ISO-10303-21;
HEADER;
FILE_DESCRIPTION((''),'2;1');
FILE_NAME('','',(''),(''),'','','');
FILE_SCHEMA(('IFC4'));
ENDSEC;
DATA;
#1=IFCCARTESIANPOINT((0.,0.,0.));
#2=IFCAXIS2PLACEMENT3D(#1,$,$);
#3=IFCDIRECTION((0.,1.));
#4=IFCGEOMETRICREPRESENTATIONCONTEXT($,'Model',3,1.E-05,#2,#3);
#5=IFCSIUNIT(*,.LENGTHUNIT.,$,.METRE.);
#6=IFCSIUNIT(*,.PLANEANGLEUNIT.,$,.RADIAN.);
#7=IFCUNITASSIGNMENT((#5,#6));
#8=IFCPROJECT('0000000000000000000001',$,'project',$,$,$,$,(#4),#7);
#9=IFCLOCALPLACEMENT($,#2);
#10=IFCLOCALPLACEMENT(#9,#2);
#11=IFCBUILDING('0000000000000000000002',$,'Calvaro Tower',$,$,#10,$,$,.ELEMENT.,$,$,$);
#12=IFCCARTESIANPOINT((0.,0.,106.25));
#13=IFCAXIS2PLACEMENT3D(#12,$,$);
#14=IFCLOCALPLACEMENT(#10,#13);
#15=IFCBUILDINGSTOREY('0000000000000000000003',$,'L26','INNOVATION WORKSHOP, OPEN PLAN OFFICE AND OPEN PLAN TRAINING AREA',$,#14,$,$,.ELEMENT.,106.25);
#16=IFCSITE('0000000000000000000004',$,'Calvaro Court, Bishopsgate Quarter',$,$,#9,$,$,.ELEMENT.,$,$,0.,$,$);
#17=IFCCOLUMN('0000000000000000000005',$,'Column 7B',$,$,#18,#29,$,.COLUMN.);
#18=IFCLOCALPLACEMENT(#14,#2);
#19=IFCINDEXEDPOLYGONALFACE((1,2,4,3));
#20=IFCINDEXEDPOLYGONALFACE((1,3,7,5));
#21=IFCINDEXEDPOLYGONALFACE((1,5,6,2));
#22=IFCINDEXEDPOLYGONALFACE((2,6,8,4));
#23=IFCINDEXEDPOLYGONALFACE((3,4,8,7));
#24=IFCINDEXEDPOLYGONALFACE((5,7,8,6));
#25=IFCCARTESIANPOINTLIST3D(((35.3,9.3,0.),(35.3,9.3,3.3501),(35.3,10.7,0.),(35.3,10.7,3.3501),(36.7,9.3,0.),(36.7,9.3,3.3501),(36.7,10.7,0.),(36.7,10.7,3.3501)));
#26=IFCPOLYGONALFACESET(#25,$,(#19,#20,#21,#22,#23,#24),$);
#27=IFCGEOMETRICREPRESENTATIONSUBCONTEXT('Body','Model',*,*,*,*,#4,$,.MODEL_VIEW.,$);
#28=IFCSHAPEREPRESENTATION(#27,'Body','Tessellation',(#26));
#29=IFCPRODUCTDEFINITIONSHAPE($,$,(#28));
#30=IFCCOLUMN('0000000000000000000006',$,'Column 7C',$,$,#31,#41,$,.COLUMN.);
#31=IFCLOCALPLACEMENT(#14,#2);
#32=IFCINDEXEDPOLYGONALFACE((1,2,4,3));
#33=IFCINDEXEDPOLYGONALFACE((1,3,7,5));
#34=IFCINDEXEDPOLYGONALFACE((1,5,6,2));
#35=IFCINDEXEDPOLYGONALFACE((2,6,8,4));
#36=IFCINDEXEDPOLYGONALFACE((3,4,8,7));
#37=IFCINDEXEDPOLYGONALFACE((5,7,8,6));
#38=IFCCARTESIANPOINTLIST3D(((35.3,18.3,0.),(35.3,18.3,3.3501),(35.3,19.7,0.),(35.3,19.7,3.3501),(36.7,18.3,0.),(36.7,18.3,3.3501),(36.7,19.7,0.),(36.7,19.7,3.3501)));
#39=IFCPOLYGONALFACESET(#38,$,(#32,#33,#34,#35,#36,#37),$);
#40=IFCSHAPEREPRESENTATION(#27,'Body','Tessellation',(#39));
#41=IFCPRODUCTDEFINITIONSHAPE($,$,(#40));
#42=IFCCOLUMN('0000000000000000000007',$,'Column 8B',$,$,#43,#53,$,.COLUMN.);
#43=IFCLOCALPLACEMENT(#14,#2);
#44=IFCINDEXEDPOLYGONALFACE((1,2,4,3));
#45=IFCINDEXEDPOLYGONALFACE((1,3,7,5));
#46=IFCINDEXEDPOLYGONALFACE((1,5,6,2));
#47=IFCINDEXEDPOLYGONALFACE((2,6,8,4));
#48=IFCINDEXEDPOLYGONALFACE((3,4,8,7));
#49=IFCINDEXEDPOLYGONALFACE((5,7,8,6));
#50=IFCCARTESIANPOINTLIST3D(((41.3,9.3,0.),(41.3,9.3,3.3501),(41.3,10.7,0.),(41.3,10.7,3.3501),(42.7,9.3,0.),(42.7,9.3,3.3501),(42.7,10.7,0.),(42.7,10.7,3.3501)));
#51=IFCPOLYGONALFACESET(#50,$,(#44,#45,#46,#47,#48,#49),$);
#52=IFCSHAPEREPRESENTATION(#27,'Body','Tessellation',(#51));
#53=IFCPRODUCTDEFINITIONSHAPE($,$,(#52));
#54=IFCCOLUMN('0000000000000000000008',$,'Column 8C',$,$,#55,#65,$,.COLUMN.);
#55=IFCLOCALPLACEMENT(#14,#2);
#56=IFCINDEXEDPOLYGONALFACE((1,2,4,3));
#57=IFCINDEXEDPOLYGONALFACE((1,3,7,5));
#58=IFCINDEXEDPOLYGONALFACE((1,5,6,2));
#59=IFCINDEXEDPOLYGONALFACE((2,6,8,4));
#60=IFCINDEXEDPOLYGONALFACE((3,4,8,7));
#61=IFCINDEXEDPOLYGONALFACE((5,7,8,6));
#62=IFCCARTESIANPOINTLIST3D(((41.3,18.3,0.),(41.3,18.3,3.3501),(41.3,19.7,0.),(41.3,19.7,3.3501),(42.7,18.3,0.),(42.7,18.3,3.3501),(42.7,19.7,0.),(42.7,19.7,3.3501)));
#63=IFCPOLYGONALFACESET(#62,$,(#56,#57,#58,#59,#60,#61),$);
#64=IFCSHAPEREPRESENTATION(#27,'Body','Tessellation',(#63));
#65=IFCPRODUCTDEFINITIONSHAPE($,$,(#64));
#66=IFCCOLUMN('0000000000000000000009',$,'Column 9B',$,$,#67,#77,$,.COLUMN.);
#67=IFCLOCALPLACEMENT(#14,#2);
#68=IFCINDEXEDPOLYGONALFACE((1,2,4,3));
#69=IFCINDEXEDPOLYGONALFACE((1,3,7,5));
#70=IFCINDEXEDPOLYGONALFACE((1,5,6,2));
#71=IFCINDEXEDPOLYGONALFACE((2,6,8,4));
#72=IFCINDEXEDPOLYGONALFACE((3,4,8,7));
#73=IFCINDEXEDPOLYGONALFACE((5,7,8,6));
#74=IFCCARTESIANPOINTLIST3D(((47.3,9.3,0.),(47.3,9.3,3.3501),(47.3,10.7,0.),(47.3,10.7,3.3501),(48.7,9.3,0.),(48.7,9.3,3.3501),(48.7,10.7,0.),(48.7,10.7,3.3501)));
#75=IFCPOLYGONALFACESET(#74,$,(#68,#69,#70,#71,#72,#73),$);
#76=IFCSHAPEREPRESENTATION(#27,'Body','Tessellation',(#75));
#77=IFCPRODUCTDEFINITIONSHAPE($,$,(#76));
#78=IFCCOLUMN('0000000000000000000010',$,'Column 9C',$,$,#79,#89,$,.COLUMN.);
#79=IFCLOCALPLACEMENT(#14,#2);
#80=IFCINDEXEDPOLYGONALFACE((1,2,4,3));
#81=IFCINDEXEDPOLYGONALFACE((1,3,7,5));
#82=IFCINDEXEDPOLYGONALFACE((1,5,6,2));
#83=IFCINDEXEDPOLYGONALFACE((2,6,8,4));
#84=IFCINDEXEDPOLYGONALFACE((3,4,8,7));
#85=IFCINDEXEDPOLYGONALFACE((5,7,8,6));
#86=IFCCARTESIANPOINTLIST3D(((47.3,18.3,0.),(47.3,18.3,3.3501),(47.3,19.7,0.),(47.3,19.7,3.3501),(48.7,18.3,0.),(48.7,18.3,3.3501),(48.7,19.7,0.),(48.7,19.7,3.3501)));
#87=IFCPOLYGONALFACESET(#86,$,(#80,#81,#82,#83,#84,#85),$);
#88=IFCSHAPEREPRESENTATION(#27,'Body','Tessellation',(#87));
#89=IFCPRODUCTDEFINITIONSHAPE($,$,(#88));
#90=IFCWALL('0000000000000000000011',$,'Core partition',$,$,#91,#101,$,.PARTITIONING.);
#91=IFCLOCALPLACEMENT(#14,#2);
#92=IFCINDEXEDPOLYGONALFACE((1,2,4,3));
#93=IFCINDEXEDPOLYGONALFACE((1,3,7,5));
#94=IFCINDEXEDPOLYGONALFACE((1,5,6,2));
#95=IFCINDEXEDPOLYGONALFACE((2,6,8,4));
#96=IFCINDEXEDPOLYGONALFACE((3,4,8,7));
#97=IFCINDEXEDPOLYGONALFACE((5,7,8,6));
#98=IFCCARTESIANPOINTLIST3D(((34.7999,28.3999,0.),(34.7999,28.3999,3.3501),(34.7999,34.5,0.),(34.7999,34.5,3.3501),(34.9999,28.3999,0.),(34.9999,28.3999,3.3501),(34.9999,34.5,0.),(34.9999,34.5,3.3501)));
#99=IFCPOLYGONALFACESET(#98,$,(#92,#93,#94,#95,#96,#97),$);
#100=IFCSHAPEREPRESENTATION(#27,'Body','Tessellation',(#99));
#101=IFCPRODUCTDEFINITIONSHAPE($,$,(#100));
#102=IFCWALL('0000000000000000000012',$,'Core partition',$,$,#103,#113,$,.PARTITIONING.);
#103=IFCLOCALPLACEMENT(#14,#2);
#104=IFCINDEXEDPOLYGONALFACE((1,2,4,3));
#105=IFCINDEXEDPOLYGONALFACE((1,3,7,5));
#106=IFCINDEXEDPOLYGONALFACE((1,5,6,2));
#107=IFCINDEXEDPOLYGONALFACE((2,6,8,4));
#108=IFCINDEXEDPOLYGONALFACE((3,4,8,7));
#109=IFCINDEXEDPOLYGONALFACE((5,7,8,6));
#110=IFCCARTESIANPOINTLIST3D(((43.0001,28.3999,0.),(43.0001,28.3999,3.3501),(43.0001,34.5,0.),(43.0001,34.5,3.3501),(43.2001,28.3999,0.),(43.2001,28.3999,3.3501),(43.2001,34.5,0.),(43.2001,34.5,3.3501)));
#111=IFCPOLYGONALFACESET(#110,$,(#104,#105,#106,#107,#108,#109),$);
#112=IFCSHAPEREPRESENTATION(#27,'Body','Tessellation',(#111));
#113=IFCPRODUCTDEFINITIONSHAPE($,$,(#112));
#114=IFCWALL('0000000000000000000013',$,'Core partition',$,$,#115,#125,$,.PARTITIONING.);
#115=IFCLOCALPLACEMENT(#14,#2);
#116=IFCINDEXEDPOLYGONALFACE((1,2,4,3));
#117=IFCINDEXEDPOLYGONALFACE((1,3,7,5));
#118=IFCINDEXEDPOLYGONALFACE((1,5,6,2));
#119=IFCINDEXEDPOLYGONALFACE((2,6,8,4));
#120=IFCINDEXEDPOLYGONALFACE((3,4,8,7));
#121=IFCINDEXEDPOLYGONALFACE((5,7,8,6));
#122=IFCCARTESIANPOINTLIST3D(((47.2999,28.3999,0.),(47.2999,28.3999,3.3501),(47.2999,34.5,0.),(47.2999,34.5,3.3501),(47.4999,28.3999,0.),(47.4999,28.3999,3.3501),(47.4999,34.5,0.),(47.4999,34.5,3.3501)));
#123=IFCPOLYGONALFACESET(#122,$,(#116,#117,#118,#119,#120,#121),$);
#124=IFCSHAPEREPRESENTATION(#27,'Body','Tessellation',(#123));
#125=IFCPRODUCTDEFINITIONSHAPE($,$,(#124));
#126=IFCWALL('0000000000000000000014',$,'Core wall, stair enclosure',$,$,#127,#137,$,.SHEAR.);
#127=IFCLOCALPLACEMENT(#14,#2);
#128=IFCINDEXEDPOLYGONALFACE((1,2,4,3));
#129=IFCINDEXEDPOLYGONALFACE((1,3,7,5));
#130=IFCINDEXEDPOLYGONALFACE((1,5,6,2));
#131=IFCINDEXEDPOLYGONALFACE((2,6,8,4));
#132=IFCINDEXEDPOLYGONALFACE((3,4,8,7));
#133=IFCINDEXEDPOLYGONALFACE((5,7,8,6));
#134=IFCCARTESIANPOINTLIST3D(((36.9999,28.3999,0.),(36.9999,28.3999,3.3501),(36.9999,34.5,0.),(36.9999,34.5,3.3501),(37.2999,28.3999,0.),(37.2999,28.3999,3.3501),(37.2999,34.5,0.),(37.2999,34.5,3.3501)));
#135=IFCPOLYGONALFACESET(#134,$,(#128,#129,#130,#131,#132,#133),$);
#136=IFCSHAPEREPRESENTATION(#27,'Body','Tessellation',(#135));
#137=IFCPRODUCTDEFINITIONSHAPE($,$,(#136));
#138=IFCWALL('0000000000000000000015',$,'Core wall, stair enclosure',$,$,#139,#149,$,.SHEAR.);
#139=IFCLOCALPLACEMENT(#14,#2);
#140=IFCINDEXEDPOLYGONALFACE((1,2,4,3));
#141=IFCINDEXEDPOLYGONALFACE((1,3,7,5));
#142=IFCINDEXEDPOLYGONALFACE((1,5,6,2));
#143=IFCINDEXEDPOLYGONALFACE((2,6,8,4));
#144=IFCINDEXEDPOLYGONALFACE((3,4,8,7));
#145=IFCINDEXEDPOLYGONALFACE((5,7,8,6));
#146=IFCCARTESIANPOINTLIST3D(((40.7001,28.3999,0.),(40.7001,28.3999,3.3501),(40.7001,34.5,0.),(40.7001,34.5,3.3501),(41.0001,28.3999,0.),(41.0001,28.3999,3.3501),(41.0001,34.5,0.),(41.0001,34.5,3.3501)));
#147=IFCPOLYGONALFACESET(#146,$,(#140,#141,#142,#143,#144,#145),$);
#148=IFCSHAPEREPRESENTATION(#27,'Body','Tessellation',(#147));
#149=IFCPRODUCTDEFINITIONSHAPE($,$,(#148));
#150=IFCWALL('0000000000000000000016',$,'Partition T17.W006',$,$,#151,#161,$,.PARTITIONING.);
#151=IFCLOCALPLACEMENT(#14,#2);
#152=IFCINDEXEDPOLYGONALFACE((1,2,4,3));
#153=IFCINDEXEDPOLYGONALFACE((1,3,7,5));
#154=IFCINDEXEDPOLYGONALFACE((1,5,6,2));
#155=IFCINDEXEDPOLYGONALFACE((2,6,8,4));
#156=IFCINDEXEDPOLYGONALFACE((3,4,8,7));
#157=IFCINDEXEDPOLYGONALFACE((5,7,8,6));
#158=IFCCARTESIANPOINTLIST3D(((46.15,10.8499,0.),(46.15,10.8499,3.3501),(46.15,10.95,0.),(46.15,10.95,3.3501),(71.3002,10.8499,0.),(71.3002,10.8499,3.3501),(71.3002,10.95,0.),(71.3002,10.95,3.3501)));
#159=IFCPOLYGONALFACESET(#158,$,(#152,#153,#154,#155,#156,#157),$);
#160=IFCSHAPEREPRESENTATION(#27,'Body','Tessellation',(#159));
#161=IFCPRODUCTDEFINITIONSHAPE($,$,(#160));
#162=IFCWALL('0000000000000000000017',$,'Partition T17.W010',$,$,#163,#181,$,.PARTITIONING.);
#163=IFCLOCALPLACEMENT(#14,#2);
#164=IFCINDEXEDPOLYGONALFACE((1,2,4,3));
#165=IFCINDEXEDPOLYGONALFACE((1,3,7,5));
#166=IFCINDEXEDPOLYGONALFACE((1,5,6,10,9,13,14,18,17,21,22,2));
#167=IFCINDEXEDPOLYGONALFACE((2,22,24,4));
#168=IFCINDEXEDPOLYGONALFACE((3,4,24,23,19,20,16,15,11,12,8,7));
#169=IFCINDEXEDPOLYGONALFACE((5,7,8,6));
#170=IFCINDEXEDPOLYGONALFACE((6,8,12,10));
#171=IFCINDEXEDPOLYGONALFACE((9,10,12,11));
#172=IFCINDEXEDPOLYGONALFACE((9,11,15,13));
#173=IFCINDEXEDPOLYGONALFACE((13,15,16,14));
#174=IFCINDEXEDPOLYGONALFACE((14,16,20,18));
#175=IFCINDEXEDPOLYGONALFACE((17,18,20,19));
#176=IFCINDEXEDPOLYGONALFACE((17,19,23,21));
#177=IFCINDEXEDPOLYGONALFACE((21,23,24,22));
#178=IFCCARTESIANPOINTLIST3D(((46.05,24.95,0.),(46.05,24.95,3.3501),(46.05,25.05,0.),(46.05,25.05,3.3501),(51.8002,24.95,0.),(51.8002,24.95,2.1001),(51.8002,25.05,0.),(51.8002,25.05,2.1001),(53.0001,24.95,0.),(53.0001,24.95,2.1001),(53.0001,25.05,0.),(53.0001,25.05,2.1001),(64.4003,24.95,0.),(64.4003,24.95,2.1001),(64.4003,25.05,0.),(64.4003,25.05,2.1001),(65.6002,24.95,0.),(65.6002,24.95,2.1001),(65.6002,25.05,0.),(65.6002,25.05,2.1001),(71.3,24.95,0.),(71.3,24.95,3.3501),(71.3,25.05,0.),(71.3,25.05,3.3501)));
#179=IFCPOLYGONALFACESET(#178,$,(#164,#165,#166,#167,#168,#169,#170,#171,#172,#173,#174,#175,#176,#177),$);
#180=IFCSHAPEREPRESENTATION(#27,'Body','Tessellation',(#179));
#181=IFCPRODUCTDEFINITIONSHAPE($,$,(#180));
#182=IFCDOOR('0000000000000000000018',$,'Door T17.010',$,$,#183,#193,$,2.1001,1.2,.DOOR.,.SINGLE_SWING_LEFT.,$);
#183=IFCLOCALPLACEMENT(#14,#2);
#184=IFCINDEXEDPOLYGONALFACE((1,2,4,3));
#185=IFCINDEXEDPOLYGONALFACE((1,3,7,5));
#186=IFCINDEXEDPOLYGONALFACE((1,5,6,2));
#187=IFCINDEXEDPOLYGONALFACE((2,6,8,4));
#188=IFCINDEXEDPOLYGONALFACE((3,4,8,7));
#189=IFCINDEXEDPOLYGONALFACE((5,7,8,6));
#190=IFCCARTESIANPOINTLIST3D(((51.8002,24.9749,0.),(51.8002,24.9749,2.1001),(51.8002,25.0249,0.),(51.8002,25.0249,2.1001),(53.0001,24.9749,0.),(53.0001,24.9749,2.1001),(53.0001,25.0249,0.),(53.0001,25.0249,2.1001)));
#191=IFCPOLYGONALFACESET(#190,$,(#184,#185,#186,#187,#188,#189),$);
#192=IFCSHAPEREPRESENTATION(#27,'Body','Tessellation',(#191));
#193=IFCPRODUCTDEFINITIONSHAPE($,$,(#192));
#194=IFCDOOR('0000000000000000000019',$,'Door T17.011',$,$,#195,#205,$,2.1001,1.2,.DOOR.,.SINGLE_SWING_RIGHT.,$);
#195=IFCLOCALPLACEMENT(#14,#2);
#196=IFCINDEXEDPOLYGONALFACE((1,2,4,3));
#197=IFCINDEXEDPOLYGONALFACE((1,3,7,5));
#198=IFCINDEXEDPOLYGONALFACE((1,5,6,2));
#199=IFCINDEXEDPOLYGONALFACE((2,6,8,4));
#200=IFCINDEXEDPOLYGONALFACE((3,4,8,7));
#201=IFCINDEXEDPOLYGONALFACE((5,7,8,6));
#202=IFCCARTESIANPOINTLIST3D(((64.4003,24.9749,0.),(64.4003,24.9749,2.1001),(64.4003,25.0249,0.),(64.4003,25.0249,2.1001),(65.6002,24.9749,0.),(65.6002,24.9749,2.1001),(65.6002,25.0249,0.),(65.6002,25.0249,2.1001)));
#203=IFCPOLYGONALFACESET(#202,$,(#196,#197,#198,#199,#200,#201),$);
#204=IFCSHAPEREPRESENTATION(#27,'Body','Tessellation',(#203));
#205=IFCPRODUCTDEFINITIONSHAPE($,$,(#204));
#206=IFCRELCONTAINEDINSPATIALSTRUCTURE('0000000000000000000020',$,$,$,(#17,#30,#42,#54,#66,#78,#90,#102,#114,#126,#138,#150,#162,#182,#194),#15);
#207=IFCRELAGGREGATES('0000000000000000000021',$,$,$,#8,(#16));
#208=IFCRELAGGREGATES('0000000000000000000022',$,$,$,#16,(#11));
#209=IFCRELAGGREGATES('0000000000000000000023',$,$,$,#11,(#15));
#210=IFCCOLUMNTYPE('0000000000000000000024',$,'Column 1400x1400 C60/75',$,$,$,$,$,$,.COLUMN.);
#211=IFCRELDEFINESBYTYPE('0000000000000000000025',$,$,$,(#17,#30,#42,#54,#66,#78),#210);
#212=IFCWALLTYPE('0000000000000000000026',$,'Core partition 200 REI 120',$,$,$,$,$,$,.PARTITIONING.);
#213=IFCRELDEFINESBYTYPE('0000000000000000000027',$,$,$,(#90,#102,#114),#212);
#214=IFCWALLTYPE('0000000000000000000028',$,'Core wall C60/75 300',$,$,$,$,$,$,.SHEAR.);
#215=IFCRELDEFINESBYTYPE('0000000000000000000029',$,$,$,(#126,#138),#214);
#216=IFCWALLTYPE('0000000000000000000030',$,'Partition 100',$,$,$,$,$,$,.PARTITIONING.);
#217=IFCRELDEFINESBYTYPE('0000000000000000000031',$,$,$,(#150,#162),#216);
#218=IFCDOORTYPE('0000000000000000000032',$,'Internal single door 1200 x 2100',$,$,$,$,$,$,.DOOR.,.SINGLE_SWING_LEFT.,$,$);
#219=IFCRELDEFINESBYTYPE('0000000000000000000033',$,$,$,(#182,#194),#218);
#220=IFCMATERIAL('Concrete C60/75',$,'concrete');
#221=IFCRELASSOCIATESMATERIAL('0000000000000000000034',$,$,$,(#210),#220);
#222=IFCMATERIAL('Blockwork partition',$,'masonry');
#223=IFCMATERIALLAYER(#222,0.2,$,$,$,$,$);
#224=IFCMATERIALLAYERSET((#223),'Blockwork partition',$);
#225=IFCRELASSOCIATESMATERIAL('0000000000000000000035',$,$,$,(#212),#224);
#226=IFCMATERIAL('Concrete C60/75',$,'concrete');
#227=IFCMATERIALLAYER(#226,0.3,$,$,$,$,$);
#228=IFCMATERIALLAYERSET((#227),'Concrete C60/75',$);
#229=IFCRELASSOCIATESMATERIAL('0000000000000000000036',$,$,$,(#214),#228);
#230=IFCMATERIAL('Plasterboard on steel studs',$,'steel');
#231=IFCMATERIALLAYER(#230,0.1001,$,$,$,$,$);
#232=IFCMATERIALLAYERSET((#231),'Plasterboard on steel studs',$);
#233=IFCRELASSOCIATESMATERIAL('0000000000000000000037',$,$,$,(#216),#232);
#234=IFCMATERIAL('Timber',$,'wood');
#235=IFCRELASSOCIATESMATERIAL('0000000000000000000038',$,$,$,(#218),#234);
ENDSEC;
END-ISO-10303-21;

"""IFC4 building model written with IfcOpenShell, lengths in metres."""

from ifc_helpers import new_model, si_unit, direction, frame, frame_2d, origin, origin_2d, place, context, subcontext, project, spatial, rectangle, extrude, material, layer, layer_set, material_profile, profile_set, type_object, element, fill, save


model = new_model("IFC4")

# Units and contexts
model_context = context("Model", 3, precision=1e-05, world=origin(), true_north=direction((0.0, 1.0)))
body_context = subcontext(model_context, "Body", "Model", "MODEL_VIEW")
ifc_project = project(units=[si_unit("LENGTHUNIT", "METRE"), si_unit("PLANEANGLEUNIT", "RADIAN")], contexts=[model_context])

# Site, building, storey
site_placement = place(None, origin())
site = spatial("IfcSite", under=ifc_project, at=site_placement, Name="Calvaro Court, Bishopsgate Quarter", CompositionType="ELEMENT", RefElevation=0.0)
building_placement = place(site_placement, origin())
building = spatial("IfcBuilding", under=site, at=building_placement, Name="Calvaro Tower", CompositionType="ELEMENT")
storey_placement = place(building_placement, frame((0.0, 0.0, 106.25)))
storey = spatial("IfcBuildingStorey", under=building, at=storey_placement, Name="L26", Description="INNOVATION WORKSHOP, OPEN PLAN OFFICE AND OPEN PLAN TRAINING AREA", CompositionType="ELEMENT", Elevation=106.25)

# Columns
ifc_material_1 = material(Name="Concrete C60/75", Category="concrete")
ifc_material_profile = material_profile(ifc_material_1, rectangle(XDim=1.3999, YDim=1.3999, at=origin_2d()), Name="RC 1400x1400")
ifc_profile_set = profile_set([ifc_material_profile], Name="Concrete C60/75")
column_type = type_object("IfcColumnType", Name="Column 1400x1400 C60/75", PredefinedType="COLUMN", material=ifc_profile_set)
for number, where, z_axis, x_axis, name in (
    (1, (36.0, 10.0, 0.0), (0.0, 0.0, 1.0), (1.0, 0.0, 0.0), "Column 7B"),
    (2, (36.0, 19.0, 0.0), (0.0, 0.0, 1.0), (1.0, 0.0, 0.0), "Column 7C"),
    (3, (42.0, 10.0, 0.0), (0.0, 0.0, 1.0), (1.0, 0.0, 0.0), "Column 8B"),
    (4, (42.0, 19.0, 0.0), (0.0, 0.0, 1.0), (1.0, 0.0, 0.0), "Column 8C"),
    (5, (48.0, 10.0, 0.0), (0.0, 0.0, 1.0), (1.0, 0.0, 0.0), "Column 9B"),
    (6, (48.0, 19.0, 0.0), (0.0, 0.0, 1.0), (1.0, 0.0, 0.0), "Column 9C"),
):
    element("IfcColumn", number, at=place(storey_placement, frame(where, z_axis=z_axis, x_axis=x_axis)), inside=storey, type_object=column_type, Name=name, PredefinedType="COLUMN", context=body_context, shape_type="SweptSolid", body=[
        extrude(rectangle(XDim=1.3999, YDim=1.3999, at=origin_2d()), origin(), (0.0, 0.0, 1.0), 3.3501),
    ])

# Walls
ifc_material_2 = material(Name="Blockwork partition", Category="masonry")
ifc_layer_1 = layer(ifc_material_2, 0.2)
ifc_layer_set_1 = layer_set([ifc_layer_1], Name="Blockwork partition")
wall_type_1 = type_object("IfcWallType", Name="Core partition 200 REI 120", PredefinedType="PARTITIONING", material=ifc_layer_set_1)
for number, where, z_axis, x_axis, name in (
    (7, (34.8999, 28.3999, 0.0), (0.0, 0.0, 1.0), (0.0, 1.0, 0.0), "Core partition"),
    (8, (43.1001, 28.3999, 0.0), (0.0, 0.0, 1.0), (0.0, 1.0, 0.0), "Core partition"),
    (9, (47.3999, 28.3999, 0.0), (0.0, 0.0, 1.0), (0.0, 1.0, 0.0), "Core partition"),
):
    element("IfcWall", number, at=place(storey_placement, frame(where, z_axis=z_axis, x_axis=x_axis)), inside=storey, type_object=wall_type_1, Name=name, PredefinedType="PARTITIONING", context=body_context, shape_type="SweptSolid", body=[
        extrude(rectangle(XDim=6.1001, YDim=0.2, at=frame_2d((3.05, 0.0))), origin(), (0.0, 0.0, 1.0), 3.3501),
    ])
ifc_material_3 = material(Name="Concrete C60/75", Category="concrete")
ifc_layer_2 = layer(ifc_material_3, 0.3)
ifc_layer_set_2 = layer_set([ifc_layer_2], Name="Concrete C60/75")
wall_type_2 = type_object("IfcWallType", Name="Core wall C60/75 300", PredefinedType="SHEAR", material=ifc_layer_set_2)
for number, where, z_axis, x_axis, name in (
    (10, (37.1499, 28.3999, 0.0), (0.0, 0.0, 1.0), (0.0, 1.0, 0.0), "Core wall, stair enclosure"),
    (11, (40.8501, 28.3999, 0.0), (0.0, 0.0, 1.0), (0.0, 1.0, 0.0), "Core wall, stair enclosure"),
):
    element("IfcWall", number, at=place(storey_placement, frame(where, z_axis=z_axis, x_axis=x_axis)), inside=storey, type_object=wall_type_2, Name=name, PredefinedType="SHEAR", context=body_context, shape_type="SweptSolid", body=[
        extrude(rectangle(XDim=6.1001, YDim=0.3, at=frame_2d((3.05, 0.0))), origin(), (0.0, 0.0, 1.0), 3.3501),
    ])
ifc_material_4 = material(Name="Plasterboard on steel studs", Category="steel")
ifc_layer_3 = layer(ifc_material_4, 0.1001)
ifc_layer_set_3 = layer_set([ifc_layer_3], Name="Plasterboard on steel studs")
wall_type_3 = type_object("IfcWallType", Name="Partition 100", PredefinedType="PARTITIONING", material=ifc_layer_set_3)
wall_1_placement = place(storey_placement, frame((46.1499, 10.8999, 0.0), z_axis=(0.0, 0.0, 1.0), x_axis=(1.0, 0.0, 0.0)))
element("IfcWall", 12, at=wall_1_placement, inside=storey, type_object=wall_type_3, Name="Partition T17.W006", PredefinedType="PARTITIONING", context=body_context, shape_type="SweptSolid", body=[
    extrude(rectangle(XDim=25.1501, YDim=0.1001, at=frame_2d((12.5752, 0.0))), origin(), (0.0, 0.0, 1.0), 3.3501),
])

# Wall, openings, doors
wall_2_placement = place(storey_placement, frame((46.05, 25.0, 0.0), z_axis=(0.0, 0.0, 1.0), x_axis=(1.0, 0.0, 0.0)))
wall_2 = element("IfcWall", 13, at=wall_2_placement, inside=storey, type_object=wall_type_3, Name="Partition T17.W010", PredefinedType="PARTITIONING", context=body_context, shape_type="SweptSolid", body=[
    extrude(rectangle(XDim=25.25, YDim=0.1001, at=frame_2d((12.625, 0.0))), origin(), (0.0, 0.0, 1.0), 3.3501),
])
opening_1_placement = place(wall_2_placement, frame((5.75, 0.0, 0.0)))
opening_1 = element("IfcOpeningElement", 14, at=opening_1_placement, cuts=wall_2, PredefinedType="OPENING", context=body_context, shape_type="SweptSolid", body=[
    extrude(rectangle(XDim=1.2, YDim=2.1001, at=frame_2d((0.6001, 1.05))), frame((0.0, 0.0601, 0.0), z_axis=(0.0, -1.0, 0.0), x_axis=(1.0, 0.0, 0.0)), (0.0, 0.0, 1.0), 0.1201),
])
opening_2_placement = place(wall_2_placement, frame((18.3501, 0.0, 0.0)))
opening_2 = element("IfcOpeningElement", 15, at=opening_2_placement, cuts=wall_2, PredefinedType="OPENING", context=body_context, shape_type="SweptSolid", body=[
    extrude(rectangle(XDim=1.2, YDim=2.1001, at=frame_2d((0.6001, 1.05))), frame((0.0, 0.0601, 0.0), z_axis=(0.0, -1.0, 0.0), x_axis=(1.0, 0.0, 0.0)), (0.0, 0.0, 1.0), 0.1201),
])
ifc_material_5 = material(Name="Timber", Category="wood")
door_type = type_object("IfcDoorType", Name="Internal single door 1200 x 2100", OperationType="SINGLE_SWING_LEFT", PredefinedType="DOOR", material=ifc_material_5)
door_1_placement = place(opening_1_placement, origin())
door_1 = element("IfcDoor", 16, at=door_1_placement, inside=storey, type_object=door_type, Name="Door T17.010", OperationType="SINGLE_SWING_LEFT", OverallHeight=2.1001, OverallWidth=1.2, PredefinedType="DOOR", context=body_context, shape_type="SweptSolid", body=[
    extrude(rectangle(XDim=1.2, YDim=2.1001, at=frame_2d((0.6001, 1.05))), frame((0.0, 0.0249, 0.0), z_axis=(0.0, -1.0, 0.0), x_axis=(1.0, 0.0, 0.0)), (0.0, 0.0, 1.0), 0.05),
])
fill(opening_1, door_1)
door_2_placement = place(opening_2_placement, origin())
door_2 = element("IfcDoor", 17, at=door_2_placement, inside=storey, type_object=door_type, Name="Door T17.011", OperationType="SINGLE_SWING_RIGHT", OverallHeight=2.1001, OverallWidth=1.2, PredefinedType="DOOR", context=body_context, shape_type="SweptSolid", body=[
    extrude(rectangle(XDim=1.2, YDim=2.1001, at=frame_2d((0.6001, 1.05))), frame((0.0, 0.0249, 0.0), z_axis=(0.0, -1.0, 0.0), x_axis=(1.0, 0.0, 0.0)), (0.0, 0.0, 1.0), 0.05),
])
fill(opening_2, door_2)

save(model, "model.ifc")
